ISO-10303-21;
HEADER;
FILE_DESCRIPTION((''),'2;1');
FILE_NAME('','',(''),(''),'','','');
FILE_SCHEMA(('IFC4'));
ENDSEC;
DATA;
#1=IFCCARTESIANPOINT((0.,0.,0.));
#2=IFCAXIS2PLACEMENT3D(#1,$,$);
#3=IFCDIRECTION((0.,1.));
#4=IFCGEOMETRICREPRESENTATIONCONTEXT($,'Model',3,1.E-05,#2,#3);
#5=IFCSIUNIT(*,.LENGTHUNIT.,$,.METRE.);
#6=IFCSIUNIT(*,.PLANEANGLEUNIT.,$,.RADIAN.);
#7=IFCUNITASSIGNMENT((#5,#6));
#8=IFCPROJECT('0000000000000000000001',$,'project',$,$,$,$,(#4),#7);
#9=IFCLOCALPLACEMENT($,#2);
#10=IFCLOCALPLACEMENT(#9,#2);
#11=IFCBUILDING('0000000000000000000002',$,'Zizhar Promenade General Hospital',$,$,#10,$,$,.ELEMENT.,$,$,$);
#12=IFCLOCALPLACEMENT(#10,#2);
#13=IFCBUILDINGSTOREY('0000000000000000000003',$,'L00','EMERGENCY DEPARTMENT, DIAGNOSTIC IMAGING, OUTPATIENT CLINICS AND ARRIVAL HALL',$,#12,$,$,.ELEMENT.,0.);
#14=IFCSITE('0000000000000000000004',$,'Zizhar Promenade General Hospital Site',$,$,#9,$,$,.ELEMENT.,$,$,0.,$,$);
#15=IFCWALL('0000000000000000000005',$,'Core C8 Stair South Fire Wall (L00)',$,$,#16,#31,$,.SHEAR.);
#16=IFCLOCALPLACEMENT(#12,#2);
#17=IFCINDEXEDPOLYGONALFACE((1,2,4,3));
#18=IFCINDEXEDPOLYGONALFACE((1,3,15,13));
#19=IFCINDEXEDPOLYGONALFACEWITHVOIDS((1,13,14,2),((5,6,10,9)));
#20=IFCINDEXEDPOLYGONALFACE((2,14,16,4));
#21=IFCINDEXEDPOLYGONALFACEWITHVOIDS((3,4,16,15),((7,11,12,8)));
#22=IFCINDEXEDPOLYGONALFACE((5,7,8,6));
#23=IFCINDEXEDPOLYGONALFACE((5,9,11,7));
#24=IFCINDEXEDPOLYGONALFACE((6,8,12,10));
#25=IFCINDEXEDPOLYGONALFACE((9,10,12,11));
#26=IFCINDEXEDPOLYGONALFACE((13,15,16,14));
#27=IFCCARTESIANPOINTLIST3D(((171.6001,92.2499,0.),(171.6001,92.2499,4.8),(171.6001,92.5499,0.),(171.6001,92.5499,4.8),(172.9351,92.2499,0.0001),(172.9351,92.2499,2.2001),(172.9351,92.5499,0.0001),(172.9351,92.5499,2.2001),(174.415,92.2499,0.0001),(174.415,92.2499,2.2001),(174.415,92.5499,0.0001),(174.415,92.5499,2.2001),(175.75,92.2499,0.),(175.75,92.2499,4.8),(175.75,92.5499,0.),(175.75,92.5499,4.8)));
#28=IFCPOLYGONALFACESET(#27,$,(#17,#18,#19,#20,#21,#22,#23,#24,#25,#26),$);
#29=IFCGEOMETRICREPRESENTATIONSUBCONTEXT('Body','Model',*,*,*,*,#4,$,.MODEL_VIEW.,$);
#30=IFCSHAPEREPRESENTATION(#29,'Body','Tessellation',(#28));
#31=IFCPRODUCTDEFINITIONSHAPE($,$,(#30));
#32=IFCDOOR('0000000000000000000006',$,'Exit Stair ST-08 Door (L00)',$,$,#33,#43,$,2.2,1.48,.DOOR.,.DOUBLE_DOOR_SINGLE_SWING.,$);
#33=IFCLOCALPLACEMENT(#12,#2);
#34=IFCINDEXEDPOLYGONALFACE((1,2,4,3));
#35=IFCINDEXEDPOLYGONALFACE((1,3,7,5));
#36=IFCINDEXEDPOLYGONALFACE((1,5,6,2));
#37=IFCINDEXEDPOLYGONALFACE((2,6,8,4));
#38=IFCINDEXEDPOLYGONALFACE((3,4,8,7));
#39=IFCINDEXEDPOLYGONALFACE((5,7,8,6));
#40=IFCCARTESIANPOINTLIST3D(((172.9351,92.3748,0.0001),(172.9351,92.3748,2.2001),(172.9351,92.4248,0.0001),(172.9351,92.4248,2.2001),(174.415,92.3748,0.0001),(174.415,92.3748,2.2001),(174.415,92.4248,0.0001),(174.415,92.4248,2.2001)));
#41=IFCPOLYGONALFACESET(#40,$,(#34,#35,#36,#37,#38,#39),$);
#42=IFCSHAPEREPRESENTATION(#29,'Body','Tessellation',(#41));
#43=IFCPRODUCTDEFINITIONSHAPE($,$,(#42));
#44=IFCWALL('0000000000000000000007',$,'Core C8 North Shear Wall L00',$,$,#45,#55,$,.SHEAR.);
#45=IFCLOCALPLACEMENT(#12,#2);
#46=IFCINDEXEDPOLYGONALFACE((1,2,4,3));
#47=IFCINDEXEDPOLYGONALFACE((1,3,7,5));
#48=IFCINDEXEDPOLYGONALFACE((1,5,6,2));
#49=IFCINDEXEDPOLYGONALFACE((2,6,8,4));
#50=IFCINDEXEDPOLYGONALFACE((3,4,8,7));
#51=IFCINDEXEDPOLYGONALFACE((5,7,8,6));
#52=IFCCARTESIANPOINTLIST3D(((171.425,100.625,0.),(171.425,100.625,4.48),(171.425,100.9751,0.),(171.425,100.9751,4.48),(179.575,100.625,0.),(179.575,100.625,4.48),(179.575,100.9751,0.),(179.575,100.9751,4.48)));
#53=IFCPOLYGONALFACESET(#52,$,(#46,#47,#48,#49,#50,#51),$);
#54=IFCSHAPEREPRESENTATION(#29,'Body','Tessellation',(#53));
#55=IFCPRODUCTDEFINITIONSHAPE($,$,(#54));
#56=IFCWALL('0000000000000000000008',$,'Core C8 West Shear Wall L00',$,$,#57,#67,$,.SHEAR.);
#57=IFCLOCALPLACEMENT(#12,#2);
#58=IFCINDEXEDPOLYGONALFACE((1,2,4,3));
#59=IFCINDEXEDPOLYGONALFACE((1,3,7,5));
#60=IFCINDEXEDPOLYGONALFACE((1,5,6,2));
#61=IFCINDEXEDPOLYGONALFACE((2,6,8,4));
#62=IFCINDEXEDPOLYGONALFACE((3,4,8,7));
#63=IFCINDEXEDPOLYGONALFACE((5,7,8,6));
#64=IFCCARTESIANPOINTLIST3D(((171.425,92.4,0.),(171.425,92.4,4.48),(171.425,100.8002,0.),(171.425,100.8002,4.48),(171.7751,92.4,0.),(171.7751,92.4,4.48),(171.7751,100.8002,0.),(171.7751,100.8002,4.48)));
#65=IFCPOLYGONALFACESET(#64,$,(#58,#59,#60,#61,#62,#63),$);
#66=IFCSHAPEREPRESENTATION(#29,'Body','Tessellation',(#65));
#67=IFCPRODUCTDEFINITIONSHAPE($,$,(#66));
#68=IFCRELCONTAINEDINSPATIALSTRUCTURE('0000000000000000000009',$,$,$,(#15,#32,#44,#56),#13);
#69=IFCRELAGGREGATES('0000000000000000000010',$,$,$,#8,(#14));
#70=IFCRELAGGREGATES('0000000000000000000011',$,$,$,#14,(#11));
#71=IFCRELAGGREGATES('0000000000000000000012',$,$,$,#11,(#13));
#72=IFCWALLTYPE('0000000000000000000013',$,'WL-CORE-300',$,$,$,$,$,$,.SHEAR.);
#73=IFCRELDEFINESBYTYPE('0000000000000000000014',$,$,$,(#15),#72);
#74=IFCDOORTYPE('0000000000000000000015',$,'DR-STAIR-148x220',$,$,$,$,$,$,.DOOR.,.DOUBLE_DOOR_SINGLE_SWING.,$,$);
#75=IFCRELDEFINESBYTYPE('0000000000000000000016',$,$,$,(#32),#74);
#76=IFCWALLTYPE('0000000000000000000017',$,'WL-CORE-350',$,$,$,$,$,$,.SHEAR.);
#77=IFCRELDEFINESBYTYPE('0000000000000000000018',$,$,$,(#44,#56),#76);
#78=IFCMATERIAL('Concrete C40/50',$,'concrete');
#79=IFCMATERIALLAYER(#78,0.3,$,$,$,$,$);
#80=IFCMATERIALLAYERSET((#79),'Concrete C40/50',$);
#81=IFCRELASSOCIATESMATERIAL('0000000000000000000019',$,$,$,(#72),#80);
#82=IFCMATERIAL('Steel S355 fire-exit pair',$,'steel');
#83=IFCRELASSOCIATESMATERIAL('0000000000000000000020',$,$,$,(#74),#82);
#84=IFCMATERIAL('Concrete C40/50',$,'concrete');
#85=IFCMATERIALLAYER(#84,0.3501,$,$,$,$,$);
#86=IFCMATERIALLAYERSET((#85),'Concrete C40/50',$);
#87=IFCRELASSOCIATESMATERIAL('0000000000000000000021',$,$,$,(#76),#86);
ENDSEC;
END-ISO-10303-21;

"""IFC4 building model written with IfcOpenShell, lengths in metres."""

from ifc_helpers import new_model, si_unit, direction, frame, frame_2d, origin, place, context, subcontext, project, spatial, rectangle, extrude, material, layer, layer_set, type_object, element, fill, save


model = new_model("IFC4")

# Units and contexts
model_context = context("Model", 3, precision=1e-05, world=origin(), true_north=direction((0.0, 1.0)))
body_context = subcontext(model_context, "Body", "Model", "MODEL_VIEW")
ifc_project = project(units=[si_unit("LENGTHUNIT", "METRE"), si_unit("PLANEANGLEUNIT", "RADIAN")], contexts=[model_context])

# Site, building, storey
site_placement = place(None, origin())
site = spatial("IfcSite", under=ifc_project, at=site_placement, Name="Zizhar Promenade General Hospital Site", CompositionType="ELEMENT", RefElevation=0.0)
building_placement = place(site_placement, origin())
building = spatial("IfcBuilding", under=site, at=building_placement, Name="Zizhar Promenade General Hospital", CompositionType="ELEMENT")
storey_placement = place(building_placement, origin())
storey = spatial("IfcBuildingStorey", under=building, at=storey_placement, Name="L00", Description="EMERGENCY DEPARTMENT, DIAGNOSTIC IMAGING, OUTPATIENT CLINICS AND ARRIVAL HALL", CompositionType="ELEMENT", Elevation=0.0)

# Wall, opening, door
ifc_material_1 = material(Name="Concrete C40/50", Category="concrete")
ifc_layer_1 = layer(ifc_material_1, 0.3)
ifc_layer_set_1 = layer_set([ifc_layer_1], Name="Concrete C40/50")
wall_type_1 = type_object("IfcWallType", Name="WL-CORE-300", PredefinedType="SHEAR", material=ifc_layer_set_1)
wall_1_placement = place(storey_placement, frame((171.6001, 92.3999, 0.0), z_axis=(0.0, 0.0, 1.0), x_axis=(1.0, 0.0, 0.0)))
wall_1 = element("IfcWall", 1, at=wall_1_placement, inside=storey, type_object=wall_type_1, Name="Core C8 Stair South Fire Wall (L00)", PredefinedType="SHEAR", context=body_context, shape_type="SweptSolid", body=[
    extrude(rectangle(XDim=4.1499, YDim=0.3, at=frame_2d((2.075, 0.0))), origin(), (0.0, 0.0, 1.0), 4.8),
])
opening_1_placement = place(wall_1_placement, frame((1.335, 0.0, 0.0)))
opening_1 = element("IfcOpeningElement", 2, at=opening_1_placement, cuts=wall_1, PredefinedType="OPENING", context=body_context, shape_type="SweptSolid", body=[
    extrude(rectangle(XDim=1.48, YDim=2.2, at=frame_2d((0.74, 1.1001))), frame((0.0, 0.1602, 0.0), z_axis=(0.0, -1.0, 0.0), x_axis=(1.0, 0.0, 0.0)), (0.0, 0.0, 1.0), 0.3201),
])
ifc_material_2 = material(Name="Steel S355 fire-exit pair", Category="steel")
door_type_1 = type_object("IfcDoorType", Name="DR-STAIR-148x220", OperationType="DOUBLE_DOOR_SINGLE_SWING", PredefinedType="DOOR", material=ifc_material_2)
door_1_placement = place(opening_1_placement, origin())
door_1 = element("IfcDoor", 3, at=door_1_placement, inside=storey, type_object=door_type_1, Name="Exit Stair ST-08 Door (L00)", OperationType="DOUBLE_DOOR_SINGLE_SWING", OverallHeight=2.2, OverallWidth=1.48, PredefinedType="DOOR", context=body_context, shape_type="SweptSolid", body=[
    extrude(rectangle(XDim=1.48, YDim=2.2, at=frame_2d((0.74, 1.1001))), frame((0.0, 0.0249, 0.0), z_axis=(0.0, -1.0, 0.0), x_axis=(1.0, 0.0, 0.0)), (0.0, 0.0, 1.0), 0.05),
])
fill(opening_1, door_1)

# Walls
ifc_material_3 = material(Name="Concrete C40/50", Category="concrete")
ifc_layer_2 = layer(ifc_material_3, 0.3501)
ifc_layer_set_2 = layer_set([ifc_layer_2], Name="Concrete C40/50")
wall_type_2 = type_object("IfcWallType", Name="WL-CORE-350", PredefinedType="SHEAR", material=ifc_layer_set_2)
wall_2_placement = place(storey_placement, frame((171.425, 100.8, 0.0), z_axis=(0.0, 0.0, 1.0), x_axis=(1.0, 0.0, 0.0)))
element("IfcWall", 4, at=wall_2_placement, inside=storey, type_object=wall_type_2, Name="Core C8 North Shear Wall L00", PredefinedType="SHEAR", context=body_context, shape_type="SweptSolid", body=[
    extrude(rectangle(XDim=8.1499, YDim=0.3501, at=frame_2d((4.075, 0.0))), origin(), (0.0, 0.0, 1.0), 4.48),
])
wall_3_placement = place(storey_placement, frame((171.6001, 92.3999, 0.0), z_axis=(0.0, 0.0, 1.0), x_axis=(0.0, 1.0, 0.0)))
element("IfcWall", 5, at=wall_3_placement, inside=storey, type_object=wall_type_2, Name="Core C8 West Shear Wall L00", PredefinedType="SHEAR", context=body_context, shape_type="SweptSolid", body=[
    extrude(rectangle(XDim=8.4001, YDim=0.3501, at=frame_2d((4.2002, 0.0))), origin(), (0.0, 0.0, 1.0), 4.48),
])

save(model, "model.ifc")
